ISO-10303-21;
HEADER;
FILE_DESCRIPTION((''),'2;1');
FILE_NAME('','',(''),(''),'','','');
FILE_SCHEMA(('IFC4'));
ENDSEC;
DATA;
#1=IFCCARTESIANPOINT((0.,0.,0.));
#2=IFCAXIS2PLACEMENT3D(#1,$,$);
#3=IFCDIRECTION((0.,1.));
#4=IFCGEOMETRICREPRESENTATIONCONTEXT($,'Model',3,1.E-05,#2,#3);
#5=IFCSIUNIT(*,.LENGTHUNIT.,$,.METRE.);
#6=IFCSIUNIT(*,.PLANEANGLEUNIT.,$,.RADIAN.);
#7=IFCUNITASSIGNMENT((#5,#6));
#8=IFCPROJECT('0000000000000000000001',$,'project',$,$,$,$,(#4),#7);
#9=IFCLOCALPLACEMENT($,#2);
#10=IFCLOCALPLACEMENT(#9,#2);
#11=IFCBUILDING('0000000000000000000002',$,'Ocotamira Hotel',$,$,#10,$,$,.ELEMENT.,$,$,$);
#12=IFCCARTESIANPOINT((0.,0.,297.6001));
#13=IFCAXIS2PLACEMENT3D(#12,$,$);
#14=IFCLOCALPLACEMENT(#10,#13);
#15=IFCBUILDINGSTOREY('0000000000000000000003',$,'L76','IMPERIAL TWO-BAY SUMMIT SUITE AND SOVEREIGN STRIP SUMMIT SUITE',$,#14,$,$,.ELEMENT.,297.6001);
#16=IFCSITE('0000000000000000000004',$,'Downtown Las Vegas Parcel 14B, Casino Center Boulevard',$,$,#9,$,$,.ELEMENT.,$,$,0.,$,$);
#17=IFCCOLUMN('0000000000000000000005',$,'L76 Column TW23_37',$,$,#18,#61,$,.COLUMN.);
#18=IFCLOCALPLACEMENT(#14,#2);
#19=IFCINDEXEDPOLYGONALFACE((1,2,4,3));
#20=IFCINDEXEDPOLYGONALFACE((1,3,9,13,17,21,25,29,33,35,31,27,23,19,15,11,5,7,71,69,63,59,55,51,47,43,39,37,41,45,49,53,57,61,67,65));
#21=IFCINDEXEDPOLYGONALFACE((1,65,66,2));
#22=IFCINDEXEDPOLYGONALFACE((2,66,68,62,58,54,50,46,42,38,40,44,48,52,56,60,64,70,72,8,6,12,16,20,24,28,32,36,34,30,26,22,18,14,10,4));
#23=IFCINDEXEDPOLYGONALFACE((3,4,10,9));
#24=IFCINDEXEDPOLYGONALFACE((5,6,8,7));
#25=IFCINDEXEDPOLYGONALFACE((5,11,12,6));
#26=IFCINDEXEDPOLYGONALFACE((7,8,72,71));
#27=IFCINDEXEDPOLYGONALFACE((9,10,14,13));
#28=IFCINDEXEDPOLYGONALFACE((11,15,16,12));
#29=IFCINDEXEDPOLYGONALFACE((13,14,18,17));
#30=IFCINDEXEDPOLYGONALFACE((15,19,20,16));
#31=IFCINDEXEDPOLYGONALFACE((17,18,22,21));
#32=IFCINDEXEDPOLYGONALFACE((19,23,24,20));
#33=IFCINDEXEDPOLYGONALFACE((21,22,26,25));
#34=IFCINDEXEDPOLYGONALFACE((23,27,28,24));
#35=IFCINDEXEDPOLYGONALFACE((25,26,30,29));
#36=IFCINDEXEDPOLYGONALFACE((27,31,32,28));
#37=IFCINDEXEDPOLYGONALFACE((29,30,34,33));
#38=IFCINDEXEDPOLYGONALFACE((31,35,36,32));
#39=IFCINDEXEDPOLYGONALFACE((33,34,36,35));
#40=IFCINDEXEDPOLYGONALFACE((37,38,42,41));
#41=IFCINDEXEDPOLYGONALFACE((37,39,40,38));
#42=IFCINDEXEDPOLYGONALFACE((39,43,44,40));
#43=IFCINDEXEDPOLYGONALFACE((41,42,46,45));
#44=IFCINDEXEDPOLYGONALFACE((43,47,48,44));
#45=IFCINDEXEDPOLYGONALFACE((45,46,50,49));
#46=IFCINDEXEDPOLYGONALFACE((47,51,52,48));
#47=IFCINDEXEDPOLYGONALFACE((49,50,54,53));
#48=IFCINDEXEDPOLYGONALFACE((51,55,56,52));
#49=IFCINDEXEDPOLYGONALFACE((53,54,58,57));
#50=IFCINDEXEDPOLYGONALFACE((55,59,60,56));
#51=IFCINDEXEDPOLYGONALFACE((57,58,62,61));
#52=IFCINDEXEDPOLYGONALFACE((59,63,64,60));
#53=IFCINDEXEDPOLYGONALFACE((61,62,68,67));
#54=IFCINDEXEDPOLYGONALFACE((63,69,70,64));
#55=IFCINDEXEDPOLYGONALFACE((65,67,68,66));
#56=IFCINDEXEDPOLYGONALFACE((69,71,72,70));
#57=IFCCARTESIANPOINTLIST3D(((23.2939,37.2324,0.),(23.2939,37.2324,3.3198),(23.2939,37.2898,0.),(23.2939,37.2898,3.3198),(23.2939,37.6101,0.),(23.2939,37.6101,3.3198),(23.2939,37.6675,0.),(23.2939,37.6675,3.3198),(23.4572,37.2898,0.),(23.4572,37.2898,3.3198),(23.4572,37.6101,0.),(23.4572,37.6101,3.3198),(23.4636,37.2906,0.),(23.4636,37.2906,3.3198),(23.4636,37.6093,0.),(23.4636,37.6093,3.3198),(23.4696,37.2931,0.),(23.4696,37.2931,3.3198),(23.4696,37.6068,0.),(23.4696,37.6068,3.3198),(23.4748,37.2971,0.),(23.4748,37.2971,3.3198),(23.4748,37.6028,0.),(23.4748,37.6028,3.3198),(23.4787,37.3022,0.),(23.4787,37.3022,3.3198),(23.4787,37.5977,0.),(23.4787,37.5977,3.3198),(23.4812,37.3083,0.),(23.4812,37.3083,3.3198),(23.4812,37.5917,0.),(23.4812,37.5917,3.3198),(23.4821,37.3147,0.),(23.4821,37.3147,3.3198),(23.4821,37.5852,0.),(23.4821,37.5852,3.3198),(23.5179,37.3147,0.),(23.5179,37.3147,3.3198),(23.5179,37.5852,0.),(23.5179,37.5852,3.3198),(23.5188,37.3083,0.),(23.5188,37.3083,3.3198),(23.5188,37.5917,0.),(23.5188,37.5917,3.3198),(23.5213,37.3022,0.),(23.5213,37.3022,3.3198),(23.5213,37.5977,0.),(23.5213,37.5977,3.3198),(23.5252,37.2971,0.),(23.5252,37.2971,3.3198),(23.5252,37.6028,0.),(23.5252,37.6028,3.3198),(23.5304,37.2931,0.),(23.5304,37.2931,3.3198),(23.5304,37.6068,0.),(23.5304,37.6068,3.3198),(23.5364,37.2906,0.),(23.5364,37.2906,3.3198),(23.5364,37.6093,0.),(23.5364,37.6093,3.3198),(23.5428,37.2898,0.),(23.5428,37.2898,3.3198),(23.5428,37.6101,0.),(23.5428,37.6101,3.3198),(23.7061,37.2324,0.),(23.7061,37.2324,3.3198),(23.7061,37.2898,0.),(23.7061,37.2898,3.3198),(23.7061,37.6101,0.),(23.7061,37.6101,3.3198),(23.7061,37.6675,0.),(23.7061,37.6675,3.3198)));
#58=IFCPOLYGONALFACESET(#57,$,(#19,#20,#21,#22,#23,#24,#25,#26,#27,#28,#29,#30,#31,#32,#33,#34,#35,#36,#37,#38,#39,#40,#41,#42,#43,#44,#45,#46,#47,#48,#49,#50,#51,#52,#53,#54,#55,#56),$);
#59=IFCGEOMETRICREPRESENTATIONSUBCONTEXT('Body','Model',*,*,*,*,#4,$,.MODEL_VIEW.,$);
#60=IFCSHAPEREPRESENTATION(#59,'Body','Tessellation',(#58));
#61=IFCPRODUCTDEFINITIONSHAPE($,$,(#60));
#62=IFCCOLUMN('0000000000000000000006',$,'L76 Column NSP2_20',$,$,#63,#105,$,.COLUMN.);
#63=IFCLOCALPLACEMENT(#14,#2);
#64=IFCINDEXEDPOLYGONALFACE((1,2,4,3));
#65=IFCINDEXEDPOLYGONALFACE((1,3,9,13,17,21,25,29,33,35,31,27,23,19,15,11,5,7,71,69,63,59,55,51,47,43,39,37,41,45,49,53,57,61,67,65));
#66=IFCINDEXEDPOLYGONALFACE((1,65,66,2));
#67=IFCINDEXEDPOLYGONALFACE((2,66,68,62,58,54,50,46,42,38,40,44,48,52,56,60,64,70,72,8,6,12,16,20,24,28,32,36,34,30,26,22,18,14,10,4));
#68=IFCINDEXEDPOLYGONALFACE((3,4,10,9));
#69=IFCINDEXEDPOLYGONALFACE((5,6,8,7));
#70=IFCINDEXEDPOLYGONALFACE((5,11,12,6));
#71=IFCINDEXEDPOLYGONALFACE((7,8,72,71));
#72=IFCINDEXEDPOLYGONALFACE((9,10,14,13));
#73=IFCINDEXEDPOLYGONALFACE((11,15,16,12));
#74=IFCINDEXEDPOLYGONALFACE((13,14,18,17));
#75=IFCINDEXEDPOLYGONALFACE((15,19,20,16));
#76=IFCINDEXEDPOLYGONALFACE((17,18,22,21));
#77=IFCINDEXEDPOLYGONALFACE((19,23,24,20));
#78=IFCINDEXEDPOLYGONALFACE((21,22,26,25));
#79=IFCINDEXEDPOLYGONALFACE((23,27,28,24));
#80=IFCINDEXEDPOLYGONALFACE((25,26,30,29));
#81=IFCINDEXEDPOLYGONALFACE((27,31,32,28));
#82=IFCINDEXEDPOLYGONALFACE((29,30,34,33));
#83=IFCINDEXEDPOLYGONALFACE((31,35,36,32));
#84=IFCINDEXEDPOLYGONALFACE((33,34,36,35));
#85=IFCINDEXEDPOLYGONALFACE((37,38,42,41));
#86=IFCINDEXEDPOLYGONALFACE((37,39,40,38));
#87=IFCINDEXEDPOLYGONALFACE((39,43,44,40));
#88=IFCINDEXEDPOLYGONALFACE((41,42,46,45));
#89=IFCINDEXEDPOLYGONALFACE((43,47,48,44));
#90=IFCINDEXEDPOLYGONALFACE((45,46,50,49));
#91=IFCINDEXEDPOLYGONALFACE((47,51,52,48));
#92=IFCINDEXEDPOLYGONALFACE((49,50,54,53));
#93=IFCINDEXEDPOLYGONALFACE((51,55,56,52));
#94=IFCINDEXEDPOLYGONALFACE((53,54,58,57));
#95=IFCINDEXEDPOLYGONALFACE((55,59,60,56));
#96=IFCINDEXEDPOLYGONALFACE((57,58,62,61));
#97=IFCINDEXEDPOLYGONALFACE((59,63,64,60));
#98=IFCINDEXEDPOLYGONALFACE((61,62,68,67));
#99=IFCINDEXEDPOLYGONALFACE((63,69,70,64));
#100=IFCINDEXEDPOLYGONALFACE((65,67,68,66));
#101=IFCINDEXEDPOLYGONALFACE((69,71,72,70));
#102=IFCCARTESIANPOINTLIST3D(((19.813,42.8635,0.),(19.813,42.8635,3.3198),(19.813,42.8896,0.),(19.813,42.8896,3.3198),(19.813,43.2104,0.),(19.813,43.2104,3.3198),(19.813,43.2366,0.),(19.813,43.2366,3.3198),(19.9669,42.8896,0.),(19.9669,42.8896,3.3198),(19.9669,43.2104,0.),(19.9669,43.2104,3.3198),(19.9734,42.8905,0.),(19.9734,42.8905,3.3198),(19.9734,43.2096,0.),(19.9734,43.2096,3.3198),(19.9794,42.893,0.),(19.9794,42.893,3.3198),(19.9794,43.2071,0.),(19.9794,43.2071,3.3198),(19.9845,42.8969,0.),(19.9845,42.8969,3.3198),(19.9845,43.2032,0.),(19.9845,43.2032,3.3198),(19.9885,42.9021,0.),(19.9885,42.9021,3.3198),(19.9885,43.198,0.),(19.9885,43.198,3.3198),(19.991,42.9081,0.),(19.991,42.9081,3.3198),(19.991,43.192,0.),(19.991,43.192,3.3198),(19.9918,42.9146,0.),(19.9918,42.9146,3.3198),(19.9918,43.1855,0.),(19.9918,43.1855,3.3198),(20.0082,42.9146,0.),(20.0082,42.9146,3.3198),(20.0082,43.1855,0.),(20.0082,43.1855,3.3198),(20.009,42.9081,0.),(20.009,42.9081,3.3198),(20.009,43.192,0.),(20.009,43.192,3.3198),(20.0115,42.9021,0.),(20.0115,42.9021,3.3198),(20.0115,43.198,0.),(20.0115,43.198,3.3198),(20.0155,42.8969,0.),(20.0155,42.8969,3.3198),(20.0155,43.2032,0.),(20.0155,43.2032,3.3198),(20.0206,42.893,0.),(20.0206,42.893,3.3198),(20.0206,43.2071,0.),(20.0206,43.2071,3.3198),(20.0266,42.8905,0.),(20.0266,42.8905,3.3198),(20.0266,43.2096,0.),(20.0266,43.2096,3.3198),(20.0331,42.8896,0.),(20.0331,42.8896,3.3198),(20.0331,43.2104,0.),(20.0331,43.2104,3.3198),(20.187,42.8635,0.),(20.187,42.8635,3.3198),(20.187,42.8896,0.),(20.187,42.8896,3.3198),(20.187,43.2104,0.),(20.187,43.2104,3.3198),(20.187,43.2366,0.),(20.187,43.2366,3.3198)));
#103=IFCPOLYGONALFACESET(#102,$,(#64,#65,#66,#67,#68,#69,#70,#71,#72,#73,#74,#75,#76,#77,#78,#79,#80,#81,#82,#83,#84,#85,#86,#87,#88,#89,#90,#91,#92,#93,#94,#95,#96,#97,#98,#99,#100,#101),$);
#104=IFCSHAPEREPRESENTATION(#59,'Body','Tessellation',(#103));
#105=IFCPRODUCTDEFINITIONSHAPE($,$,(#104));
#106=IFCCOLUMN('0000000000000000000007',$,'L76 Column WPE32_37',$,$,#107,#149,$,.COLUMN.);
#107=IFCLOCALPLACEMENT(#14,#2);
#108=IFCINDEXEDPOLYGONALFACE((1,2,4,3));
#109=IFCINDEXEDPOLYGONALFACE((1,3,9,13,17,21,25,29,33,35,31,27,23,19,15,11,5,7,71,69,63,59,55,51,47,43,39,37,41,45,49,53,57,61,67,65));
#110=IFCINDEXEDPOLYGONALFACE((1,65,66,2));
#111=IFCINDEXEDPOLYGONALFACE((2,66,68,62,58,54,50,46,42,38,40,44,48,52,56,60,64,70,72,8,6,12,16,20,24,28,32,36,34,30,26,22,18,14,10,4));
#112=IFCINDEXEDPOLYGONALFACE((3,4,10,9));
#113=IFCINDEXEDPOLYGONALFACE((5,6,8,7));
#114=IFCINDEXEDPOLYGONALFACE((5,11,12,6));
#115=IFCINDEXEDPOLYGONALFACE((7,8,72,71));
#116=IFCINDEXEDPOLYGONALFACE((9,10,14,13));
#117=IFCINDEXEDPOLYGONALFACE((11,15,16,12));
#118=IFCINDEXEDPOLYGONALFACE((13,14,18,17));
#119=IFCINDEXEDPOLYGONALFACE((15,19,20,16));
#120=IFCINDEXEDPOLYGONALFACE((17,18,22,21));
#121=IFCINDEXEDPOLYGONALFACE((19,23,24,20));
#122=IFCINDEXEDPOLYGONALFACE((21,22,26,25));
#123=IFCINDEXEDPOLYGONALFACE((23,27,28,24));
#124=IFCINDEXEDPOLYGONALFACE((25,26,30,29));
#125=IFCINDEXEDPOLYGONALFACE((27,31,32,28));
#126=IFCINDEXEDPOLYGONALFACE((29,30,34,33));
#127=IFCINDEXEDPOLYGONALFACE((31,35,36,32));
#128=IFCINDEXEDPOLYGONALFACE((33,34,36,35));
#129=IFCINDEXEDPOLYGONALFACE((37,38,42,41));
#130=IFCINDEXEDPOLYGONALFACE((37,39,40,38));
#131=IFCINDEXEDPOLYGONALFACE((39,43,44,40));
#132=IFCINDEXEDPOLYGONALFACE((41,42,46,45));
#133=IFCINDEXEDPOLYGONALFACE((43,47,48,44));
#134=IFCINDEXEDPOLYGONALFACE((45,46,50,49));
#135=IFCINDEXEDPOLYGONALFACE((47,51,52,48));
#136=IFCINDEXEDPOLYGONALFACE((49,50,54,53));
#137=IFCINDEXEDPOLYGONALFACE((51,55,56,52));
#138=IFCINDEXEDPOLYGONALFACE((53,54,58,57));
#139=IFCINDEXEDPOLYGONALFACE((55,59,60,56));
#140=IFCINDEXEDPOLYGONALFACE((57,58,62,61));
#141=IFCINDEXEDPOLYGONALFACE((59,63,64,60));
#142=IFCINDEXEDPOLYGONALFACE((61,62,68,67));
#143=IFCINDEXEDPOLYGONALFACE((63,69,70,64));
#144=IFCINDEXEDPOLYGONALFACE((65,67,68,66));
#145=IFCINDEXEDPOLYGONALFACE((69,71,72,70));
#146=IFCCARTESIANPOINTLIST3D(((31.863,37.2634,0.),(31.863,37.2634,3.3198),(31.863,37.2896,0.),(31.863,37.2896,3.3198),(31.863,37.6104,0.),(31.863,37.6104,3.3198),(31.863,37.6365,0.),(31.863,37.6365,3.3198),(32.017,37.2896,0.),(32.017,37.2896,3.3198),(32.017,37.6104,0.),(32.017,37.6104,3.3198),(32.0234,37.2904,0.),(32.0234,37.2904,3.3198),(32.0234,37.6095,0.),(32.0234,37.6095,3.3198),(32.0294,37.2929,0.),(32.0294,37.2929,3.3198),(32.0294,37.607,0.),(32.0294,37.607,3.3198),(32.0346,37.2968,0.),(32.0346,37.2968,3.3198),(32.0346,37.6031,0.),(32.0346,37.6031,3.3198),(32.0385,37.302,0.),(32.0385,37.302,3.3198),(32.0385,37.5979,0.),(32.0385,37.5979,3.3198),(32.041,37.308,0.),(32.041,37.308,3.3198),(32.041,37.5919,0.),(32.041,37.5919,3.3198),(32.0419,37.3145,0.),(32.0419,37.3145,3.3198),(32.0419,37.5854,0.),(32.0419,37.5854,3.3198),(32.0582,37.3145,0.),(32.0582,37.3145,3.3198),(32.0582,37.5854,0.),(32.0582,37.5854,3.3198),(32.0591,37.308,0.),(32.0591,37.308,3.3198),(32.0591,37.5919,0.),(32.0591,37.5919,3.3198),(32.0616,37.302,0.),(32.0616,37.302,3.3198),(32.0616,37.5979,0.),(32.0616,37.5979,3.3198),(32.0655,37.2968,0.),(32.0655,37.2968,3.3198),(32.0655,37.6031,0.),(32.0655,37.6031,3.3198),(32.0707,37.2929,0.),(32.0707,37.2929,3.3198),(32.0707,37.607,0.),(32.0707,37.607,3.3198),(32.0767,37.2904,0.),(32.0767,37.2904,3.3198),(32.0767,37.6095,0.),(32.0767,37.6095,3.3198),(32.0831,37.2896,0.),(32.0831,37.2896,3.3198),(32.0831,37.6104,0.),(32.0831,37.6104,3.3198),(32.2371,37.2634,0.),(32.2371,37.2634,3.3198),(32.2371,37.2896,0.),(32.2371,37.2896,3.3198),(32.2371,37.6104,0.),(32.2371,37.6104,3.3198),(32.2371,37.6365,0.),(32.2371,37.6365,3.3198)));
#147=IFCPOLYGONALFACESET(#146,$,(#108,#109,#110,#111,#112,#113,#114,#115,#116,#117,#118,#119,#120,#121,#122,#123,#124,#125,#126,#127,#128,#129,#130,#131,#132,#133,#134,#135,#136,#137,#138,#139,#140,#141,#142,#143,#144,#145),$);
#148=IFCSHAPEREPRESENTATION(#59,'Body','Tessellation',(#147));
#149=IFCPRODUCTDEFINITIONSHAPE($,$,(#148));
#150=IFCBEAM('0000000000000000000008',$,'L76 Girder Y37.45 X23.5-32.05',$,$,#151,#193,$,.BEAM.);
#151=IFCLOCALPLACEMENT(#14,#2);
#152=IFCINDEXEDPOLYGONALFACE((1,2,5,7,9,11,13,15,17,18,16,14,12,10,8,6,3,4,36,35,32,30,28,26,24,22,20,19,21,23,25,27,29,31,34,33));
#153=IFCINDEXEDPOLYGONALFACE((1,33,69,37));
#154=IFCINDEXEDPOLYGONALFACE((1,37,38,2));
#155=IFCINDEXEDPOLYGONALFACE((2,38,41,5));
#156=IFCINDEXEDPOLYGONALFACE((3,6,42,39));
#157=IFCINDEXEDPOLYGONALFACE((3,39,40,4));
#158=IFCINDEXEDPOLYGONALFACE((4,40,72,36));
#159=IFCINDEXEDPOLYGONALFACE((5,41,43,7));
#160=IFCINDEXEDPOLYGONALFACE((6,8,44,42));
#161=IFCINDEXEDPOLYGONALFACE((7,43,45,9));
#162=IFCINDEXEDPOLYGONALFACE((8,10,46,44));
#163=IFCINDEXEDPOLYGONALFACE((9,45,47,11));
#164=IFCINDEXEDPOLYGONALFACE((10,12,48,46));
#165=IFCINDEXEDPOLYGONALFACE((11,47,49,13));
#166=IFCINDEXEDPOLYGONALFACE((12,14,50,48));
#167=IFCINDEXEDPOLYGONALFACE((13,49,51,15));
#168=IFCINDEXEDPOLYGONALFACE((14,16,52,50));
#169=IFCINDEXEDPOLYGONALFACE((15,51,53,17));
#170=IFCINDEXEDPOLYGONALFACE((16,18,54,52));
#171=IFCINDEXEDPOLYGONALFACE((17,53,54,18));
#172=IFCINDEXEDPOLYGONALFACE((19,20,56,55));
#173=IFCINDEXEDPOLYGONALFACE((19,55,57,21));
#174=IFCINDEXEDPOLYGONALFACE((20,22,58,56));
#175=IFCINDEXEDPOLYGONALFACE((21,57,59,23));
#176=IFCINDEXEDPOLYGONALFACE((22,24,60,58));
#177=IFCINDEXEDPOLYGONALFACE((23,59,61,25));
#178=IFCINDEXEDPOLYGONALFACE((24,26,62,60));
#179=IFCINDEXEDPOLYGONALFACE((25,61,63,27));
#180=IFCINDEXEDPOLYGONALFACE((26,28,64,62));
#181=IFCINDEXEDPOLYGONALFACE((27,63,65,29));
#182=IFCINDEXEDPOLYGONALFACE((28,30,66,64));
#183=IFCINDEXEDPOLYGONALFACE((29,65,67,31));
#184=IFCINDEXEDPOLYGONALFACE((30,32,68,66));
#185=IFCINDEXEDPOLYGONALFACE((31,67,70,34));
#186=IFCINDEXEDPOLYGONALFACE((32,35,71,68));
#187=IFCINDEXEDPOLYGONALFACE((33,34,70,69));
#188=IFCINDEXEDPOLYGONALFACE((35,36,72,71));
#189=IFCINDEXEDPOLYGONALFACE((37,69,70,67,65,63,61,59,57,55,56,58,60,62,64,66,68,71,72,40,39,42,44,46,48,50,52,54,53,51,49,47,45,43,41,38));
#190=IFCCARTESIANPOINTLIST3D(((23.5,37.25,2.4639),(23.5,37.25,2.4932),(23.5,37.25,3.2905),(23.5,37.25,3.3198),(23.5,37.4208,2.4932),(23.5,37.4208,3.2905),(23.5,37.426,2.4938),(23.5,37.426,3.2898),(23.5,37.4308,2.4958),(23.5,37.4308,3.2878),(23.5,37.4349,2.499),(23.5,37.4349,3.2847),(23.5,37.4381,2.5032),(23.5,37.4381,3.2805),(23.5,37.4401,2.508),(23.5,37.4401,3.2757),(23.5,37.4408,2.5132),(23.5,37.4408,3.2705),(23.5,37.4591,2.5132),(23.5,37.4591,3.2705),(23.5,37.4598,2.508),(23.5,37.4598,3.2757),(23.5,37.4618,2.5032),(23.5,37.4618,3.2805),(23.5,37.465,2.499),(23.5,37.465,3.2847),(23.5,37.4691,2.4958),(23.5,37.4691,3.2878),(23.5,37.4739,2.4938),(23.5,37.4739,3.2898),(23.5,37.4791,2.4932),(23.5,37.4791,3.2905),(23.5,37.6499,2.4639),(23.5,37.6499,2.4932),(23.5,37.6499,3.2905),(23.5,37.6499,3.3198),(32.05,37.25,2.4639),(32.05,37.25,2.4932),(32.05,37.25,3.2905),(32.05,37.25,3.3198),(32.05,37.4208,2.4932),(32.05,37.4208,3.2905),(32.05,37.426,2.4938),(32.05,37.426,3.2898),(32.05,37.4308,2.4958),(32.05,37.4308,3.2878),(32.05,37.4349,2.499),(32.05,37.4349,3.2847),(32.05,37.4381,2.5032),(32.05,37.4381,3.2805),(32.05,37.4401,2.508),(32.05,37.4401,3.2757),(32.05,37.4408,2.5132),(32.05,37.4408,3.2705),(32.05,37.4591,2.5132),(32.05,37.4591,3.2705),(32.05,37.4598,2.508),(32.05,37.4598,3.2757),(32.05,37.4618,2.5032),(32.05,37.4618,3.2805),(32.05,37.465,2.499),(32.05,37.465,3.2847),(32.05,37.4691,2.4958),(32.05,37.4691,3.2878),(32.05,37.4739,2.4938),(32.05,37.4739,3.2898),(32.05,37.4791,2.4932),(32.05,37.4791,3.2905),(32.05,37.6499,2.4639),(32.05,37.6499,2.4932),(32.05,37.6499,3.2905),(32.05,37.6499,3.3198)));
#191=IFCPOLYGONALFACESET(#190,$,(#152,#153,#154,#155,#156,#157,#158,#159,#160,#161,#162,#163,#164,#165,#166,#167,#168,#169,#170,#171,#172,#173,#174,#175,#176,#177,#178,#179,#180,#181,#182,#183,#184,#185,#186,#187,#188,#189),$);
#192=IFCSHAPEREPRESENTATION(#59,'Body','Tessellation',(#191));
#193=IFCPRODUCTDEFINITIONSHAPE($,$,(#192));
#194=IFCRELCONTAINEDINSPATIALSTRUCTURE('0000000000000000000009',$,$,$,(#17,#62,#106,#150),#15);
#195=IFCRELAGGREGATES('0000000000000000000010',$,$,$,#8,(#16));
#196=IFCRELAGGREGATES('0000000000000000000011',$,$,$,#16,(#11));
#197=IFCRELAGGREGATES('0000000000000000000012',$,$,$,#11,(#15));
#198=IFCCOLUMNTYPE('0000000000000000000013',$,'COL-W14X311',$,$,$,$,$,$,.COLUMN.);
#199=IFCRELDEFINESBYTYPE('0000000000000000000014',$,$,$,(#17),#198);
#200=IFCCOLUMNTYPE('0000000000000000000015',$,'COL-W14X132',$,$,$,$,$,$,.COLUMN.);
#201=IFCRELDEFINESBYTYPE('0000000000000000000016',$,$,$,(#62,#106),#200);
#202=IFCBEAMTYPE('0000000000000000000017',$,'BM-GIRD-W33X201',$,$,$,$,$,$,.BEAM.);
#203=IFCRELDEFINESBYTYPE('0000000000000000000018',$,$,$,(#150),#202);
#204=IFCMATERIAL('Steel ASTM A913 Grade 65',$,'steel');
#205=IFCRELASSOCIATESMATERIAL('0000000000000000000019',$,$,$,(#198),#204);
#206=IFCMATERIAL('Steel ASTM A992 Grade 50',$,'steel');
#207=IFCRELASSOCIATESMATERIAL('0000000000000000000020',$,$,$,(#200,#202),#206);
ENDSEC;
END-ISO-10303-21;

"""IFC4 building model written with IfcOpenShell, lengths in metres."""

from ifc_helpers import new_model, si_unit, direction, frame, origin, origin_2d, place, context, subcontext, project, spatial, i_section, extrude, source, transform, mapped, material, material_profile, profile_set, type_object, element, save


model = new_model("IFC4")

# Units and contexts
model_context = context("Model", 3, precision=1e-05, world=origin(), true_north=direction((0.0, 1.0)))
body_context = subcontext(model_context, "Body", "Model", "MODEL_VIEW")
ifc_project = project(units=[si_unit("LENGTHUNIT", "METRE"), si_unit("PLANEANGLEUNIT", "RADIAN")], contexts=[model_context])

# Site, building, storey
site_placement = place(None, origin())
site = spatial("IfcSite", under=ifc_project, at=site_placement, Name="Downtown Las Vegas Parcel 14B, Casino Center Boulevard", CompositionType="ELEMENT", RefElevation=0.0)
building_placement = place(site_placement, origin())
building = spatial("IfcBuilding", under=site, at=building_placement, Name="Ocotamira Hotel", CompositionType="ELEMENT")
storey_placement = place(building_placement, frame((0.0, 0.0, 297.6001)))
storey = spatial("IfcBuildingStorey", under=building, at=storey_placement, Name="L76", Description="IMPERIAL TWO-BAY SUMMIT SUITE AND SOVEREIGN STRIP SUMMIT SUITE", CompositionType="ELEMENT", Elevation=297.6001)

# Columns
ifc_material_1 = material(Name="Steel ASTM A913 Grade 65", Category="steel")
ifc_material_profile_1 = material_profile(ifc_material_1, i_section(OverallWidth=0.4121, OverallDepth=0.4351, WebThickness=0.0359, FlangeThickness=0.0574, FilletRadius=0.0249, at=origin_2d()), Name="W14X311")
ifc_profile_set_1 = profile_set([ifc_material_profile_1], Name="Steel ASTM A913 Grade 65")
column_type_1 = type_object("IfcColumnType", Name="COL-W14X311", PredefinedType="COLUMN", material=ifc_profile_set_1)
shared_shape_1 = source(origin(), body_context, "Body", "SweptSolid", [
    extrude(i_section(OverallWidth=0.4121, OverallDepth=0.4351, WebThickness=0.0359, FlangeThickness=0.0574, FilletRadius=0.0249, at=origin_2d()), origin(), (0.0, 0.0, 1.0), 3.3198),
])
column_placement = place(storey_placement, frame((23.5, 37.45, 0.0), z_axis=(0.0, 0.0, 1.0), x_axis=(1.0, 0.0, 0.0)))
element("IfcColumn", 1, at=column_placement, inside=storey, type_object=column_type_1, Name="L76 Column TW23_37", PredefinedType="COLUMN", context=body_context, shape_type="MappedRepresentation", body=[
    mapped(shared_shape_1, transform((0.0, 0.0, 0.0), scale=1.0)),
])
ifc_material_2 = material(Name="Steel ASTM A992 Grade 50", Category="steel")
ifc_material_profile_2 = material_profile(ifc_material_2, i_section(OverallWidth=0.374, OverallDepth=0.373, WebThickness=0.0164, FlangeThickness=0.0261, FilletRadius=0.0249, at=origin_2d()), Name="W14X132")
ifc_profile_set_2 = profile_set([ifc_material_profile_2], Name="Steel ASTM A992 Grade 50")
column_type_2 = type_object("IfcColumnType", Name="COL-W14X132", PredefinedType="COLUMN", material=ifc_profile_set_2)
shared_shape_2 = source(origin(), body_context, "Body", "SweptSolid", [
    extrude(i_section(OverallWidth=0.374, OverallDepth=0.373, WebThickness=0.0164, FlangeThickness=0.0261, FilletRadius=0.0249, at=origin_2d()), origin(), (0.0, 0.0, 1.0), 3.3198),
])
for number, where, z_axis, x_axis, name in (
    (2, (20.0, 43.05, 0.0), (0.0, 0.0, 1.0), (1.0, 0.0, 0.0), "L76 Column NSP2_20"),
    (3, (32.05, 37.45, 0.0), (0.0, 0.0, 1.0), (1.0, 0.0, 0.0), "L76 Column WPE32_37"),
):
    element("IfcColumn", number, at=place(storey_placement, frame(where, z_axis=z_axis, x_axis=x_axis)), inside=storey, type_object=column_type_2, Name=name, PredefinedType="COLUMN", context=body_context, shape_type="MappedRepresentation", body=[
        mapped(shared_shape_2, transform((0.0, 0.0, 0.0), scale=1.0)),
    ])

# Beam
ifc_material_profile_3 = material_profile(ifc_material_2, i_section(OverallWidth=0.3999, OverallDepth=0.856, WebThickness=0.0183, FlangeThickness=0.0293, FilletRadius=0.02, at=origin_2d()), Name="W33X201")
ifc_profile_set_3 = profile_set([ifc_material_profile_3], Name="Steel ASTM A992 Grade 50")
beam_type = type_object("IfcBeamType", Name="BM-GIRD-W33X201", PredefinedType="BEAM", material=ifc_profile_set_3)
shared_shape_3 = source(origin(), body_context, "Body", "SweptSolid", [
    extrude(i_section(OverallWidth=0.3999, OverallDepth=0.856, WebThickness=0.0183, FlangeThickness=0.0293, FilletRadius=0.02, at=origin_2d()), origin(), (0.0, 0.0, 1.0), 8.55),
])
beam_placement = place(storey_placement, frame((23.5, 37.45, 2.8918), z_axis=(1.0, 0.0, 0.0), x_axis=(0.0, 1.0, 0.0)))
element("IfcBeam", 4, at=beam_placement, inside=storey, type_object=beam_type, Name="L76 Girder Y37.45 X23.5-32.05", PredefinedType="BEAM", context=body_context, shape_type="MappedRepresentation", body=[
    mapped(shared_shape_3, transform((0.0, 0.0, 0.0), scale=1.0)),
])

save(model, "model.ifc")
